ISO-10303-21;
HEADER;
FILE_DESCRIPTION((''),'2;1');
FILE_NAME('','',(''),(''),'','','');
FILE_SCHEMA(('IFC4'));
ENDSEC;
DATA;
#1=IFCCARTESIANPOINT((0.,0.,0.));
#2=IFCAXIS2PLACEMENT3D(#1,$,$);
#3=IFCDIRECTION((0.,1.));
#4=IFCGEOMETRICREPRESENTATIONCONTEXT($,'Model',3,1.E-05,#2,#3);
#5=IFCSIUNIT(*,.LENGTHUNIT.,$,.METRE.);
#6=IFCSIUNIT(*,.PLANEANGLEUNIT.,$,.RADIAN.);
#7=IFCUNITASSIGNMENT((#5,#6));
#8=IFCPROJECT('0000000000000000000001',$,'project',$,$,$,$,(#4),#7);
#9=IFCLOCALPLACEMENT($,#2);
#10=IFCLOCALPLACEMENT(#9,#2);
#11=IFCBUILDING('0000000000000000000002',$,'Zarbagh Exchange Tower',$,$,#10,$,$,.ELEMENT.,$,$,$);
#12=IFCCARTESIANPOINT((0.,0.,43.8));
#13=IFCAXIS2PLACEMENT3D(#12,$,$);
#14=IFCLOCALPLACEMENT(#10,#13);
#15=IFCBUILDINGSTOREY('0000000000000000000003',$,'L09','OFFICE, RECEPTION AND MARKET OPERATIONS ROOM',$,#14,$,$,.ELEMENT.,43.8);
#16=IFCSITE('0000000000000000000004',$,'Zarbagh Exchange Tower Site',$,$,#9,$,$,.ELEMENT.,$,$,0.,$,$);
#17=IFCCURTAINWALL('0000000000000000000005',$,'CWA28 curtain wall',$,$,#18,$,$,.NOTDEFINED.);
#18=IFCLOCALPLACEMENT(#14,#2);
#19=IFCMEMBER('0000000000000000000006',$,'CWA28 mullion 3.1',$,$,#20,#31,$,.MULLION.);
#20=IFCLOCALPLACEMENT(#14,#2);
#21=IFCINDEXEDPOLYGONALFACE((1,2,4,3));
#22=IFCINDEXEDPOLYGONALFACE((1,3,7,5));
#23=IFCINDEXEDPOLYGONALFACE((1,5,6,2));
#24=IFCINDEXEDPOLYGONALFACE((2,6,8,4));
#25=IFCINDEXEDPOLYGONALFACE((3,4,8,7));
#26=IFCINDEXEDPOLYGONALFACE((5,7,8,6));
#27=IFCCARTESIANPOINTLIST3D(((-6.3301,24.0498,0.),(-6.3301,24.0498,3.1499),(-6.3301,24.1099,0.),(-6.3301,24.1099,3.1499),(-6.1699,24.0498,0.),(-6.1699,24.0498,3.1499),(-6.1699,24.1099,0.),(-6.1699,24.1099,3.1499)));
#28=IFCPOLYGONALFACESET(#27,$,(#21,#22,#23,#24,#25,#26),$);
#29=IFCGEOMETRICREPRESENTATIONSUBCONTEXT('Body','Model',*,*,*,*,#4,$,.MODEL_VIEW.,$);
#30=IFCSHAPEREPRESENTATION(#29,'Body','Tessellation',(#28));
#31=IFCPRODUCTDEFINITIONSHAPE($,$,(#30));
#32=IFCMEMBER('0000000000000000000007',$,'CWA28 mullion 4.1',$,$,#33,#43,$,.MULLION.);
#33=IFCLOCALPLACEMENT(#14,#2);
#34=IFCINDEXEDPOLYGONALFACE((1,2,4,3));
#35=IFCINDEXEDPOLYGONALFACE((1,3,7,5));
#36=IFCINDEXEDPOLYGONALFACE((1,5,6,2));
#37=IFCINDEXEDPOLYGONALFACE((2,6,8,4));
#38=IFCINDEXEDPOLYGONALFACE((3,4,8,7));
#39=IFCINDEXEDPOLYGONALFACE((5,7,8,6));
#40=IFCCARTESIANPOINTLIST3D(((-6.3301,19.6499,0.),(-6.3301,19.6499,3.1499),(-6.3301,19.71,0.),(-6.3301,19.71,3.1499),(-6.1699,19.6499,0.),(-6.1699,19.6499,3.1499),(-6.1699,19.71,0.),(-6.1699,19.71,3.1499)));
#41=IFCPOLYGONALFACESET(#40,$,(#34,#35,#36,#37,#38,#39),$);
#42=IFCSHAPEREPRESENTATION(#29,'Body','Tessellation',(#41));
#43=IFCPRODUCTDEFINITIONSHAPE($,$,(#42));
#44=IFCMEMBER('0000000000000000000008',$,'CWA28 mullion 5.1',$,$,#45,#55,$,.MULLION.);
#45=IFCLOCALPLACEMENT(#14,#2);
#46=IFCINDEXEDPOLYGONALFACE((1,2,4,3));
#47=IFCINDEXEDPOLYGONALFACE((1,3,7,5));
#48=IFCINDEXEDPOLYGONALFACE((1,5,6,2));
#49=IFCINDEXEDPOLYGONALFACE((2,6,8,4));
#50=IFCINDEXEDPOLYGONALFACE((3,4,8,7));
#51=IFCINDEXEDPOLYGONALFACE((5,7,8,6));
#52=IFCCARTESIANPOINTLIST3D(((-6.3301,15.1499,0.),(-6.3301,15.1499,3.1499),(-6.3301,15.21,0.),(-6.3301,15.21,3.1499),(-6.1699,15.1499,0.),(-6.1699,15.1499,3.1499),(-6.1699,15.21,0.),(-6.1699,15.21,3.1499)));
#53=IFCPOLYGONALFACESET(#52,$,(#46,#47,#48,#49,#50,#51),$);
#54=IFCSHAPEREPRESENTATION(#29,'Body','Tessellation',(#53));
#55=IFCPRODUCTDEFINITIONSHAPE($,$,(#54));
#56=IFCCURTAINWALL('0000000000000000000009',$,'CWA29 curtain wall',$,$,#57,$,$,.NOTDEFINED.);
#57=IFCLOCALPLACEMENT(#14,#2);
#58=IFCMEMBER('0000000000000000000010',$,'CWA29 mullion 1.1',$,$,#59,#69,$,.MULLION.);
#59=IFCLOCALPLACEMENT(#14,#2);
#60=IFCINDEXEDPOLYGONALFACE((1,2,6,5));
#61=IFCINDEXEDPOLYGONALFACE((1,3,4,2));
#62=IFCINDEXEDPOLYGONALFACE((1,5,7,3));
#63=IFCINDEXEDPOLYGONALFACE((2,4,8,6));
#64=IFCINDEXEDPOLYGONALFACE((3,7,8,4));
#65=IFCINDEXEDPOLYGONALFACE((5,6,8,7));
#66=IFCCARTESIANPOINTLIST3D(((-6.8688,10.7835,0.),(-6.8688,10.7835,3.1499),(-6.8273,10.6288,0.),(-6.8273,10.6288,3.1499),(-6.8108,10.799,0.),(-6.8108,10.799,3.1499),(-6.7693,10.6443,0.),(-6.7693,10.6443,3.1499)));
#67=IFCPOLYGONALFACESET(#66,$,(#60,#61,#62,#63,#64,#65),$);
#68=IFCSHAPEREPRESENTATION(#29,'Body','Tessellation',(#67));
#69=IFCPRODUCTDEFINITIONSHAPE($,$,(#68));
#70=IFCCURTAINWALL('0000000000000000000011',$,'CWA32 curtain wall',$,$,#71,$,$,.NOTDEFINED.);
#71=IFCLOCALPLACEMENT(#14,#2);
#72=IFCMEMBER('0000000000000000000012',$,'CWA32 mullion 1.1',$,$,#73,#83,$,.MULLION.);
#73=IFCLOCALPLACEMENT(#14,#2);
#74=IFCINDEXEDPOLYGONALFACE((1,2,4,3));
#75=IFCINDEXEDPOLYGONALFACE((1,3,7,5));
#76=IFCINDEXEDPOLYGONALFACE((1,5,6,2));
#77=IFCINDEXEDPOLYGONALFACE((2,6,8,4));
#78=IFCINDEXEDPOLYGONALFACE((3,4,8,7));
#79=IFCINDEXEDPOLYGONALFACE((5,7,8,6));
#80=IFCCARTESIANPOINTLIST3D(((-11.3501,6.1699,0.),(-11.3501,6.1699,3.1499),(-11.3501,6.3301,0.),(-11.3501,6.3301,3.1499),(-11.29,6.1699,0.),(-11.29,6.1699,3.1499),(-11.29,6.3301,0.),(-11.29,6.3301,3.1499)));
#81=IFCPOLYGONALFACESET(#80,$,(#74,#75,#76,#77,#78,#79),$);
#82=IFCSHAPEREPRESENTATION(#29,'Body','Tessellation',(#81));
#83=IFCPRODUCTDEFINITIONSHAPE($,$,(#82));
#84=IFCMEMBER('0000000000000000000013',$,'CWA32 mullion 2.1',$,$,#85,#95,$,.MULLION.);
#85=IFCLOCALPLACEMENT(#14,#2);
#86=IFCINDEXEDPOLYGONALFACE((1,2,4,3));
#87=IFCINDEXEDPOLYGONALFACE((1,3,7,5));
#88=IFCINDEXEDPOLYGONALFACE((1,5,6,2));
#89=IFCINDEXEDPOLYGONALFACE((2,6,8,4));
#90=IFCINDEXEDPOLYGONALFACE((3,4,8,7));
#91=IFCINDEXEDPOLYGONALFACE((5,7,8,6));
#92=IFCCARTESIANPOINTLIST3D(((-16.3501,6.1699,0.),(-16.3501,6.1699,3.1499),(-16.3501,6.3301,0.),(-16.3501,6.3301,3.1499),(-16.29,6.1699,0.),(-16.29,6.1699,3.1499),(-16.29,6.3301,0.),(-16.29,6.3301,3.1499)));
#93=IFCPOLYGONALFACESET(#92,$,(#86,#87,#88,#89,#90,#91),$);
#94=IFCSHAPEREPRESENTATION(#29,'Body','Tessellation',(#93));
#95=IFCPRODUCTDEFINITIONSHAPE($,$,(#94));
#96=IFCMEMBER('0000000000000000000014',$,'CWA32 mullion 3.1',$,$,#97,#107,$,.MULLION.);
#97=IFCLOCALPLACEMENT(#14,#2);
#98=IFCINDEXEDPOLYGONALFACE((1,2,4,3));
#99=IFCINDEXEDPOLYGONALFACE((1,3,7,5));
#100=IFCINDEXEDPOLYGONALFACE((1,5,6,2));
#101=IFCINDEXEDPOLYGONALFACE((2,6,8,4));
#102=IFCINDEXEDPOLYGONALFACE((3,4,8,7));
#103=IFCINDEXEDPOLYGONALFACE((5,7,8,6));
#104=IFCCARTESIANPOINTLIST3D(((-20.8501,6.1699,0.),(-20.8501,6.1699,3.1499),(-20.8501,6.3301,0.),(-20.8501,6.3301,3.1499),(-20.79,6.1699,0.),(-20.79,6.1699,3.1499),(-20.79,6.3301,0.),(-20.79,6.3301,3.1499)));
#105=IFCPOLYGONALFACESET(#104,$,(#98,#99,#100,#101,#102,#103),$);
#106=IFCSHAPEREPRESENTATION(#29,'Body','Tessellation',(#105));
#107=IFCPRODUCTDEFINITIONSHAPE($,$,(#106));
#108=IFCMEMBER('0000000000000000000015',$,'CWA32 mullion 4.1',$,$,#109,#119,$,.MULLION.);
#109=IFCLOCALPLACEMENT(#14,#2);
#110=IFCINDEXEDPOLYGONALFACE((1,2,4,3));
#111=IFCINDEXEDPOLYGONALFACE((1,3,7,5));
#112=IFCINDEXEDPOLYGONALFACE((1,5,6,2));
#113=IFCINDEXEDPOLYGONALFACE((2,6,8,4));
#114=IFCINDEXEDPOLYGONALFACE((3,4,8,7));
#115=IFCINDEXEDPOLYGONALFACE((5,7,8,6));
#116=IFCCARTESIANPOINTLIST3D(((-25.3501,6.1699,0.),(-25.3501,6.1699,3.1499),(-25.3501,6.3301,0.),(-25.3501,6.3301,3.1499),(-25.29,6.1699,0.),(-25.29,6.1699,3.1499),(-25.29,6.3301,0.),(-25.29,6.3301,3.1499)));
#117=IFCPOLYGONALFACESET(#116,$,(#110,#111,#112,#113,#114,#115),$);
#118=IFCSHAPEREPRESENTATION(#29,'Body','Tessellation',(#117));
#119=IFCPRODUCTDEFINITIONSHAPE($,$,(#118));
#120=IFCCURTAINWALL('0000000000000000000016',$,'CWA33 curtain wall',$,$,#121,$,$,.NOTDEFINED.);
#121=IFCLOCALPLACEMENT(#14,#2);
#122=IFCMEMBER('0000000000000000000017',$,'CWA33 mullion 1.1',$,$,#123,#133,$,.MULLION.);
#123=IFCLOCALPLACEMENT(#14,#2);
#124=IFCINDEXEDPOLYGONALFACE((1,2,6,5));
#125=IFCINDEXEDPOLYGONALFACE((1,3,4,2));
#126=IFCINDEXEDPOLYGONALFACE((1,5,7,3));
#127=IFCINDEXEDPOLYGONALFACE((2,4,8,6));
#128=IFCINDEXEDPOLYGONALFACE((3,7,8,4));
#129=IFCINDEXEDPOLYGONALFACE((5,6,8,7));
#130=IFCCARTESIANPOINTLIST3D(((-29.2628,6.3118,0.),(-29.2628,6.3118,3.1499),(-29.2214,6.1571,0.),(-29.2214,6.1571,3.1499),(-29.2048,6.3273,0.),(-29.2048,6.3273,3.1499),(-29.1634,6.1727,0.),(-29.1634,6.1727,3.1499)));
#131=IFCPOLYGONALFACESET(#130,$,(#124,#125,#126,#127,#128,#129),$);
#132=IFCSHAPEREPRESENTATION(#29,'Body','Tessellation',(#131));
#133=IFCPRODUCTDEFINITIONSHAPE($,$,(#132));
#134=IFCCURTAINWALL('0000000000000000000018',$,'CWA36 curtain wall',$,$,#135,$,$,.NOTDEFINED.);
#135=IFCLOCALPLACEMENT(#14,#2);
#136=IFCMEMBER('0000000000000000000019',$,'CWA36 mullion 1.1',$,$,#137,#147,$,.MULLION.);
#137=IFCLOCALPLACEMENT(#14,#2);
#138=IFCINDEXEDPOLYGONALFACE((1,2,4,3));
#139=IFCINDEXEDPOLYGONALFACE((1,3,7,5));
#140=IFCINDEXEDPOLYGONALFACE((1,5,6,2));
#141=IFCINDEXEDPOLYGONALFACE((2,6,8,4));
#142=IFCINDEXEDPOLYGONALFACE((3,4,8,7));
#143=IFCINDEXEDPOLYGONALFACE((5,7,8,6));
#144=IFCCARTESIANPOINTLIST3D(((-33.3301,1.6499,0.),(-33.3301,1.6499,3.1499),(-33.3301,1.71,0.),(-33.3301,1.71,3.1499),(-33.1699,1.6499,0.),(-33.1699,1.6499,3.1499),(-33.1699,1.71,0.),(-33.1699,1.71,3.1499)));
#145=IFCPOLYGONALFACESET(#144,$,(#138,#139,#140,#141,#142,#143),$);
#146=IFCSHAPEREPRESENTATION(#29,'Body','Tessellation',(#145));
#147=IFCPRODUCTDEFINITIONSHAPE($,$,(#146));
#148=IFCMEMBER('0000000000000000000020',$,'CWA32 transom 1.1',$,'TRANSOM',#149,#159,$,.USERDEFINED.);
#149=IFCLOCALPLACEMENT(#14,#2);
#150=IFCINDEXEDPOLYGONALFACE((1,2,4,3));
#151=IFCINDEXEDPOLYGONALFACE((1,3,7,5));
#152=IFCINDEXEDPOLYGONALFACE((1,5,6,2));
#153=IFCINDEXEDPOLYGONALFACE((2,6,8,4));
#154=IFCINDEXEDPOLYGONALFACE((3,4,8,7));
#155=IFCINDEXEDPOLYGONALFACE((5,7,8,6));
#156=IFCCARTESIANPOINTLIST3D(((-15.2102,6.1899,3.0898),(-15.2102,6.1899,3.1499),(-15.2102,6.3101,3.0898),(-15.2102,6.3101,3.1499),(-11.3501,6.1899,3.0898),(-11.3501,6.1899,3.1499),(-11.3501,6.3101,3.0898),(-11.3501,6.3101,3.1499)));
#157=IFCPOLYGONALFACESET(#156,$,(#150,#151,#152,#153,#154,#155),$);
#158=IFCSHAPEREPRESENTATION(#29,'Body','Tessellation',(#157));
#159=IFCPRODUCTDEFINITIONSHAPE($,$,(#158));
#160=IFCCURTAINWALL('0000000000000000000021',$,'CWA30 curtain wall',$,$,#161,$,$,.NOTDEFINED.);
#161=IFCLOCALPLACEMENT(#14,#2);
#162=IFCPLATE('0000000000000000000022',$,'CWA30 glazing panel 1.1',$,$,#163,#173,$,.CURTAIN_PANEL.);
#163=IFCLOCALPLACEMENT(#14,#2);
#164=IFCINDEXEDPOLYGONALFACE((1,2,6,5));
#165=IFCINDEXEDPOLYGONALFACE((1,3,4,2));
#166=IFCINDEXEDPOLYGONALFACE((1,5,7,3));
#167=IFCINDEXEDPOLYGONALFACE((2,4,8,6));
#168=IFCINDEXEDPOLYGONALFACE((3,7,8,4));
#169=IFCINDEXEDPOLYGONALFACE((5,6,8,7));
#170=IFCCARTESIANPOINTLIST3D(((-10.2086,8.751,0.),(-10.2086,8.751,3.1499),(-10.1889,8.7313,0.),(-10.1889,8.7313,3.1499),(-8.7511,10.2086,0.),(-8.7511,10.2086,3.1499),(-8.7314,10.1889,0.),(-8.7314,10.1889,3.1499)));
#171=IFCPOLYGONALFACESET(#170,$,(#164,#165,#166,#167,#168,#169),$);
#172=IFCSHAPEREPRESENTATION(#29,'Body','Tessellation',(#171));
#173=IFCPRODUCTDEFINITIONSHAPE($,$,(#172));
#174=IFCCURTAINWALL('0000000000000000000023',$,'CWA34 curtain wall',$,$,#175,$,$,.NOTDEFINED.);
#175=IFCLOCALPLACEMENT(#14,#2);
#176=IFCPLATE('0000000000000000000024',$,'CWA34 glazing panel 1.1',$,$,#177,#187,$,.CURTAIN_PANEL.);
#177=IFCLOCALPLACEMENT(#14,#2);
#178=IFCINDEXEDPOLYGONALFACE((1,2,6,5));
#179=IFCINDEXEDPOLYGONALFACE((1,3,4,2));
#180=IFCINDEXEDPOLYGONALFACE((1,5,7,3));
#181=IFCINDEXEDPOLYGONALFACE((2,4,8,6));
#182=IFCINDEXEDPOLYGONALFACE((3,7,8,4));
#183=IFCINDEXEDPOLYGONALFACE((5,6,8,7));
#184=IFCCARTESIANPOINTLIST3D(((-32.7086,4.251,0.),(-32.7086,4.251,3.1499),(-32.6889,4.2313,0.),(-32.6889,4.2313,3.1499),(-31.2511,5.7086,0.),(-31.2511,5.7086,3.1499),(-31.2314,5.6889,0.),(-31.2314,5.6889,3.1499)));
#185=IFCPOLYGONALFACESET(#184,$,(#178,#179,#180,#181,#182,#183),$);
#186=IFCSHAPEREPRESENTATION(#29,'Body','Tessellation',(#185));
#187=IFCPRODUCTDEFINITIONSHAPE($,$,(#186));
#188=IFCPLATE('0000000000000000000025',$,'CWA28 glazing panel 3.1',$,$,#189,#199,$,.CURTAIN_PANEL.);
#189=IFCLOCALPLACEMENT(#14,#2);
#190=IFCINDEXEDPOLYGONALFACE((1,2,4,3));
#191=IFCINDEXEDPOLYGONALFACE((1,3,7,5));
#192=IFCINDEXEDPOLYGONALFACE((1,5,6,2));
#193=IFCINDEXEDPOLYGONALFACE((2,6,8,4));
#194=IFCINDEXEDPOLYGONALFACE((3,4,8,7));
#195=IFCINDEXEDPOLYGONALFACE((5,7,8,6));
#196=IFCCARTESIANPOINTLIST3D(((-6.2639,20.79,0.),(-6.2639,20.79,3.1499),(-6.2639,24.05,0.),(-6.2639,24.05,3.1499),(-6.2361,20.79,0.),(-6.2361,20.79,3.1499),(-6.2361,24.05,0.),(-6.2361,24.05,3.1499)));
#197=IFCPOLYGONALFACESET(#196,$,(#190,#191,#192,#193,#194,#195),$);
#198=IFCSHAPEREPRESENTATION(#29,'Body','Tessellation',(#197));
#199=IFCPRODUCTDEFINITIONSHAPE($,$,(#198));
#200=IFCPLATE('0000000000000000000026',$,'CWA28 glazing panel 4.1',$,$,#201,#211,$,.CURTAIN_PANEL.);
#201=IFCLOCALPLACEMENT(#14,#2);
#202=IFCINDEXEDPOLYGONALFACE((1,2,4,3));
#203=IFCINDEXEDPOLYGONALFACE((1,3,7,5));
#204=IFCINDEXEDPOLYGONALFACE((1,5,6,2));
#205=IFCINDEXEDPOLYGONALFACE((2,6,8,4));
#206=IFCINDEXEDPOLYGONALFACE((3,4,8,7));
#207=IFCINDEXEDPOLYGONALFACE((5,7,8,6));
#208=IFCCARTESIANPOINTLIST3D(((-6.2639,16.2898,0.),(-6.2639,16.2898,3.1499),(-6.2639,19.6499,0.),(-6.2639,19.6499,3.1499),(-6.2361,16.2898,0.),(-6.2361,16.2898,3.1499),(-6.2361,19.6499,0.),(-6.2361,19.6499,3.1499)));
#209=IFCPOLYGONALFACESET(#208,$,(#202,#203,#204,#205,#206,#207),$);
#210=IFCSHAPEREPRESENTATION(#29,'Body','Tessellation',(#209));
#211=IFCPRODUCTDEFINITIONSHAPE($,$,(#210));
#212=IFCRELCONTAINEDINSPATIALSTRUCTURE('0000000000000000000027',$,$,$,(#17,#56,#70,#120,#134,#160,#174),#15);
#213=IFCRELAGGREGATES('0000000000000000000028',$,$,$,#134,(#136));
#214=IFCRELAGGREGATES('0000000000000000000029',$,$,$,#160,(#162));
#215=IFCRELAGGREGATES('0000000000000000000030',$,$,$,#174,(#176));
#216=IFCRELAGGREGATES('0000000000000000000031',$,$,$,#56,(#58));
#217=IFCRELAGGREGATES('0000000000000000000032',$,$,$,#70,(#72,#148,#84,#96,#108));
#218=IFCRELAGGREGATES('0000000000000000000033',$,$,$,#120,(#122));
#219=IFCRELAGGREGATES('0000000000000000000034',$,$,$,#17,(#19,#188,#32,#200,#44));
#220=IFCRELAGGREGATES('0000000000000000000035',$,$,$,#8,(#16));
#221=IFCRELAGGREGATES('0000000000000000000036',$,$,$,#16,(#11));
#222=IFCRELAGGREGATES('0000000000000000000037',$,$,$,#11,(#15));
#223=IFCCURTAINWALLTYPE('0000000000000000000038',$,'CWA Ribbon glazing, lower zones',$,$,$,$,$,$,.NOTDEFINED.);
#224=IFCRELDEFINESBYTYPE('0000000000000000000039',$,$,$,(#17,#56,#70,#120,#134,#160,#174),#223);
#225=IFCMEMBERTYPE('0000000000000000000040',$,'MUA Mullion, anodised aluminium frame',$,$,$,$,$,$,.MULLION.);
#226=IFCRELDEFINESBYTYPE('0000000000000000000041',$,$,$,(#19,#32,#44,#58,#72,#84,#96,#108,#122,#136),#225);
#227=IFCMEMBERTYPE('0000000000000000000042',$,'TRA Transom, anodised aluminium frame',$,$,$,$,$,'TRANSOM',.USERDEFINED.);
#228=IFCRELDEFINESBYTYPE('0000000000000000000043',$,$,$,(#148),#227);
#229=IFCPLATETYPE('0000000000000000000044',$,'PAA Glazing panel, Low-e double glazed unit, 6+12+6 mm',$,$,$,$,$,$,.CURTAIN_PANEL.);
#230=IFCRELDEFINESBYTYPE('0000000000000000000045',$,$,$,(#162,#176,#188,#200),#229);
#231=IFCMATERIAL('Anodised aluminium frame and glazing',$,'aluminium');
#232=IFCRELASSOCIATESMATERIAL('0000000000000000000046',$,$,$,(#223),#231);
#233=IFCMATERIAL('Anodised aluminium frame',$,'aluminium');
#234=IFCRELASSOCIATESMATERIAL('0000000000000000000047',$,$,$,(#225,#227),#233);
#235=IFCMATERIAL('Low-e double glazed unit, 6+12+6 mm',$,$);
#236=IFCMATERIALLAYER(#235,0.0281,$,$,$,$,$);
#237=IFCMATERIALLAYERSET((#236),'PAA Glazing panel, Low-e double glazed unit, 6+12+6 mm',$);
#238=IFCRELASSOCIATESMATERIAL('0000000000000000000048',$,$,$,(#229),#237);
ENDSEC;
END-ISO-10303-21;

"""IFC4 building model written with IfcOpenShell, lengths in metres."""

from ifc_helpers import new_model, si_unit, direction, frame, origin, place, context, subcontext, project, spatial, polyline, outline, extrude, source, transform, mapped, material, layer, layer_set, type_object, element, aggregate, save


model = new_model("IFC4")

# Units and contexts
model_context = context("Model", 3, precision=1e-05, world=origin(), true_north=direction((0.0, 1.0)))
body_context = subcontext(model_context, "Body", "Model", "MODEL_VIEW")
ifc_project = project(units=[si_unit("LENGTHUNIT", "METRE"), si_unit("PLANEANGLEUNIT", "RADIAN")], contexts=[model_context])

# Site, building, storey
site_placement = place(None, origin())
site = spatial("IfcSite", under=ifc_project, at=site_placement, Name="Zarbagh Exchange Tower Site", CompositionType="ELEMENT", RefElevation=0.0)
building_placement = place(site_placement, origin())
building = spatial("IfcBuilding", under=site, at=building_placement, Name="Zarbagh Exchange Tower", CompositionType="ELEMENT")
storey_placement = place(building_placement, frame((0.0, 0.0, 43.8)))
storey = spatial("IfcBuildingStorey", under=building, at=storey_placement, Name="L09", Description="OFFICE, RECEPTION AND MARKET OPERATIONS ROOM", CompositionType="ELEMENT", Elevation=43.8)

# Curtain wall, members
ifc_material_1 = material(Name="Anodised aluminium frame and glazing", Category="aluminium")
curtain_wall_type = type_object("IfcCurtainWallType", Name="CWA Ribbon glazing, lower zones", PredefinedType="NOTDEFINED", material=ifc_material_1)
curtain_wall_1_placement = place(storey_placement, origin())
curtain_wall_1 = element("IfcCurtainWall", 1, at=curtain_wall_1_placement, inside=storey, type_object=curtain_wall_type, Name="CWA28 curtain wall", PredefinedType="NOTDEFINED")
ifc_material_2 = material(Name="Anodised aluminium frame", Category="aluminium")
member_type_1 = type_object("IfcMemberType", Name="MUA Mullion, anodised aluminium frame", PredefinedType="MULLION", material=ifc_material_2)
shared_shape_1 = source(origin(), body_context, "Body", "SweptSolid", [
    extrude(outline(polyline([(0.0, -0.0801), (0.0601, -0.0801), (0.0601, 0.0801), (0.0, 0.0801), (0.0, -0.0801)])), origin(), (0.0, 0.0, 1.0), 3.1499),
])
placement = place(storey_placement, origin())
member_1 = element("IfcMember", 2, at=placement, type_object=member_type_1, Name="CWA28 mullion 3.1", PredefinedType="MULLION", context=body_context, shape_type="MappedRepresentation", body=[
    mapped(shared_shape_1, transform((-6.25, 24.1099, 0.0), x_axis=(0.0, -1.0, 0.0), y_axis=(1.0, 0.0, 0.0), z_axis=(0.0, 0.0, 1.0))),
])
member_2 = element("IfcMember", 3, at=placement, type_object=member_type_1, Name="CWA28 mullion 4.1", PredefinedType="MULLION", context=body_context, shape_type="MappedRepresentation", body=[
    mapped(shared_shape_1, transform((-6.25, 19.71, 0.0), x_axis=(0.0, -1.0, 0.0), y_axis=(1.0, 0.0, 0.0), z_axis=(0.0, 0.0, 1.0))),
])
member_3 = element("IfcMember", 4, at=placement, type_object=member_type_1, Name="CWA28 mullion 5.1", PredefinedType="MULLION", context=body_context, shape_type="MappedRepresentation", body=[
    mapped(shared_shape_1, transform((-6.25, 15.21, 0.0), x_axis=(0.0, -1.0, 0.0), y_axis=(1.0, 0.0, 0.0), z_axis=(0.0, 0.0, 1.0))),
])

# Curtain wall, member
curtain_wall_2_placement = place(storey_placement, origin())
curtain_wall_2 = element("IfcCurtainWall", 5, at=curtain_wall_2_placement, inside=storey, type_object=curtain_wall_type, Name="CWA29 curtain wall", PredefinedType="NOTDEFINED")
member_4 = element("IfcMember", 6, at=placement, type_object=member_type_1, Name="CWA29 mullion 1.1", PredefinedType="MULLION", context=body_context, shape_type="MappedRepresentation", body=[
    mapped(shared_shape_1, transform((-6.79, 10.7217, 0.0), x_axis=(-0.965924, -0.258825, 0.0), y_axis=(0.258825, -0.965924, 0.0), z_axis=(0.0, 0.0, 1.0))),
])

# Curtain wall, members
curtain_wall_3_placement = place(storey_placement, origin())
curtain_wall_3 = element("IfcCurtainWall", 7, at=curtain_wall_3_placement, inside=storey, type_object=curtain_wall_type, Name="CWA32 curtain wall", PredefinedType="NOTDEFINED")
member_5 = element("IfcMember", 8, at=placement, type_object=member_type_1, Name="CWA32 mullion 1.1", PredefinedType="MULLION", context=body_context, shape_type="MappedRepresentation", body=[
    mapped(shared_shape_1, transform((-11.29, 6.25, 0.0), x_axis=(-1.0, 0.0, 0.0), y_axis=(0.0, -1.0, 0.0), z_axis=(0.0, 0.0, 1.0))),
])
member_6 = element("IfcMember", 9, at=placement, type_object=member_type_1, Name="CWA32 mullion 2.1", PredefinedType="MULLION", context=body_context, shape_type="MappedRepresentation", body=[
    mapped(shared_shape_1, transform((-16.29, 6.25, 0.0), x_axis=(-1.0, 0.0, 0.0), y_axis=(0.0, -1.0, 0.0), z_axis=(0.0, 0.0, 1.0))),
])
member_7 = element("IfcMember", 10, at=placement, type_object=member_type_1, Name="CWA32 mullion 3.1", PredefinedType="MULLION", context=body_context, shape_type="MappedRepresentation", body=[
    mapped(shared_shape_1, transform((-20.79, 6.25, 0.0), x_axis=(-1.0, 0.0, 0.0), y_axis=(0.0, -1.0, 0.0), z_axis=(0.0, 0.0, 1.0))),
])
member_8 = element("IfcMember", 11, at=placement, type_object=member_type_1, Name="CWA32 mullion 4.1", PredefinedType="MULLION", context=body_context, shape_type="MappedRepresentation", body=[
    mapped(shared_shape_1, transform((-25.29, 6.25, 0.0), x_axis=(-1.0, 0.0, 0.0), y_axis=(0.0, -1.0, 0.0), z_axis=(0.0, 0.0, 1.0))),
])

# Curtain walls, members
curtain_wall_4_placement = place(storey_placement, origin())
curtain_wall_4 = element("IfcCurtainWall", 12, at=curtain_wall_4_placement, inside=storey, type_object=curtain_wall_type, Name="CWA33 curtain wall", PredefinedType="NOTDEFINED")
member_9 = element("IfcMember", 13, at=placement, type_object=member_type_1, Name="CWA33 mullion 1.1", PredefinedType="MULLION", context=body_context, shape_type="MappedRepresentation", body=[
    mapped(shared_shape_1, transform((-29.1841, 6.25, 0.0), x_axis=(-0.965924, -0.258825, 0.0), y_axis=(0.258825, -0.965924, 0.0), z_axis=(0.0, 0.0, 1.0))),
])
curtain_wall_5_placement = place(storey_placement, origin())
curtain_wall_5 = element("IfcCurtainWall", 14, at=curtain_wall_5_placement, inside=storey, type_object=curtain_wall_type, Name="CWA36 curtain wall", PredefinedType="NOTDEFINED")
member_10 = element("IfcMember", 15, at=placement, type_object=member_type_1, Name="CWA36 mullion 1.1", PredefinedType="MULLION", context=body_context, shape_type="MappedRepresentation", body=[
    mapped(shared_shape_1, transform((-33.25, 1.71, 0.0), x_axis=(0.0, -1.0, 0.0), y_axis=(1.0, 0.0, 0.0), z_axis=(0.0, 0.0, 1.0))),
])
aggregate(curtain_wall_5, [member_10])

# Member
member_type_2 = type_object("IfcMemberType", Name="TRA Transom, anodised aluminium frame", ElementType="TRANSOM", PredefinedType="USERDEFINED", material=ifc_material_2)
shared_shape_2 = source(origin(), body_context, "Body", "SweptSolid", [
    extrude(outline(polyline([(-0.0601, -0.0601), (0.0, -0.0601), (0.0, 0.0601), (-0.0601, 0.0601), (-0.0601, -0.0601)])), origin(), (0.0, 0.0, 1.0), 3.8601),
])
member_11 = element("IfcMember", 16, at=placement, type_object=member_type_2, Name="CWA32 transom 1.1", ObjectType="TRANSOM", PredefinedType="USERDEFINED", context=body_context, shape_type="MappedRepresentation", body=[
    mapped(shared_shape_2, transform((-11.3501, 6.25, 3.1499), x_axis=(0.0, 0.0, 1.0), y_axis=(0.0, 1.0, 0.0), z_axis=(-1.0, 0.0, 0.0))),
])

# Curtain walls, plates
curtain_wall_6_placement = place(storey_placement, origin())
curtain_wall_6 = element("IfcCurtainWall", 17, at=curtain_wall_6_placement, inside=storey, type_object=curtain_wall_type, Name="CWA30 curtain wall", PredefinedType="NOTDEFINED")
ifc_material_3 = material(Name="Low-e double glazed unit, 6+12+6 mm")
ifc_layer = layer(ifc_material_3, 0.0281)
ifc_layer_set = layer_set([ifc_layer], Name="PAA Glazing panel, Low-e double glazed unit, 6+12+6 mm")
plate_type = type_object("IfcPlateType", Name="PAA Glazing panel, Low-e double glazed unit, 6+12+6 mm", PredefinedType="CURTAIN_PANEL", material=ifc_layer_set)
shared_shape_3 = source(origin(), body_context, "Body", "SweptSolid", [
    extrude(outline(polyline([(0.0, -0.0139), (2.0613, -0.0139), (2.0613, 0.0139), (0.0, 0.0139), (0.0, -0.0139)])), origin(), (0.0, 0.0, 1.0), 3.1499),
])
plate_1 = element("IfcPlate", 18, at=placement, type_object=plate_type, Name="CWA30 glazing panel 1.1", PredefinedType="CURTAIN_PANEL", context=body_context, shape_type="MappedRepresentation", body=[
    mapped(shared_shape_3, transform((-8.7412, 10.1987, 0.0), x_axis=(-0.707107, -0.707107, 0.0), y_axis=(0.707107, -0.707107, 0.0), z_axis=(0.0, 0.0, 1.0))),
])
aggregate(curtain_wall_6, [plate_1])
curtain_wall_7_placement = place(storey_placement, origin())
curtain_wall_7 = element("IfcCurtainWall", 19, at=curtain_wall_7_placement, inside=storey, type_object=curtain_wall_type, Name="CWA34 curtain wall", PredefinedType="NOTDEFINED")
plate_2 = element("IfcPlate", 20, at=placement, type_object=plate_type, Name="CWA34 glazing panel 1.1", PredefinedType="CURTAIN_PANEL", context=body_context, shape_type="MappedRepresentation", body=[
    mapped(shared_shape_3, transform((-31.2412, 5.6987, 0.0), x_axis=(-0.707107, -0.707107, 0.0), y_axis=(0.707107, -0.707107, 0.0), z_axis=(0.0, 0.0, 1.0))),
])
aggregate(curtain_wall_7, [plate_2])

# Plates
shared_shape_4 = source(origin(), body_context, "Body", "SweptSolid", [
    extrude(outline(polyline([(0.0, -0.0139), (3.26, -0.0139), (3.26, 0.0139), (0.0, 0.0139), (0.0, -0.0139)])), origin(), (0.0, 0.0, 1.0), 3.1499),
])
plate_3 = element("IfcPlate", 21, at=placement, type_object=plate_type, Name="CWA28 glazing panel 3.1", PredefinedType="CURTAIN_PANEL", context=body_context, shape_type="MappedRepresentation", body=[
    mapped(shared_shape_4, transform((-6.25, 24.05, 0.0), x_axis=(0.0, -1.0, 0.0), y_axis=(1.0, 0.0, 0.0), z_axis=(0.0, 0.0, 1.0))),
])
shared_shape_5 = source(origin(), body_context, "Body", "SweptSolid", [
    extrude(outline(polyline([(0.0, -0.0139), (3.3601, -0.0139), (3.3601, 0.0139), (0.0, 0.0139), (0.0, -0.0139)])), origin(), (0.0, 0.0, 1.0), 3.1499),
])
plate_4 = element("IfcPlate", 22, at=placement, type_object=plate_type, Name="CWA28 glazing panel 4.1", PredefinedType="CURTAIN_PANEL", context=body_context, shape_type="MappedRepresentation", body=[
    mapped(shared_shape_5, transform((-6.25, 19.6499, 0.0), x_axis=(0.0, -1.0, 0.0), y_axis=(1.0, 0.0, 0.0), z_axis=(0.0, 0.0, 1.0))),
])
aggregate(curtain_wall_2, [member_4])

aggregate(curtain_wall_3, [member_5, member_11, member_6, member_7, member_8])
aggregate(curtain_wall_4, [member_9])

aggregate(curtain_wall_1, [member_1, plate_3, member_2, plate_4, member_3])

save(model, "model.ifc")
